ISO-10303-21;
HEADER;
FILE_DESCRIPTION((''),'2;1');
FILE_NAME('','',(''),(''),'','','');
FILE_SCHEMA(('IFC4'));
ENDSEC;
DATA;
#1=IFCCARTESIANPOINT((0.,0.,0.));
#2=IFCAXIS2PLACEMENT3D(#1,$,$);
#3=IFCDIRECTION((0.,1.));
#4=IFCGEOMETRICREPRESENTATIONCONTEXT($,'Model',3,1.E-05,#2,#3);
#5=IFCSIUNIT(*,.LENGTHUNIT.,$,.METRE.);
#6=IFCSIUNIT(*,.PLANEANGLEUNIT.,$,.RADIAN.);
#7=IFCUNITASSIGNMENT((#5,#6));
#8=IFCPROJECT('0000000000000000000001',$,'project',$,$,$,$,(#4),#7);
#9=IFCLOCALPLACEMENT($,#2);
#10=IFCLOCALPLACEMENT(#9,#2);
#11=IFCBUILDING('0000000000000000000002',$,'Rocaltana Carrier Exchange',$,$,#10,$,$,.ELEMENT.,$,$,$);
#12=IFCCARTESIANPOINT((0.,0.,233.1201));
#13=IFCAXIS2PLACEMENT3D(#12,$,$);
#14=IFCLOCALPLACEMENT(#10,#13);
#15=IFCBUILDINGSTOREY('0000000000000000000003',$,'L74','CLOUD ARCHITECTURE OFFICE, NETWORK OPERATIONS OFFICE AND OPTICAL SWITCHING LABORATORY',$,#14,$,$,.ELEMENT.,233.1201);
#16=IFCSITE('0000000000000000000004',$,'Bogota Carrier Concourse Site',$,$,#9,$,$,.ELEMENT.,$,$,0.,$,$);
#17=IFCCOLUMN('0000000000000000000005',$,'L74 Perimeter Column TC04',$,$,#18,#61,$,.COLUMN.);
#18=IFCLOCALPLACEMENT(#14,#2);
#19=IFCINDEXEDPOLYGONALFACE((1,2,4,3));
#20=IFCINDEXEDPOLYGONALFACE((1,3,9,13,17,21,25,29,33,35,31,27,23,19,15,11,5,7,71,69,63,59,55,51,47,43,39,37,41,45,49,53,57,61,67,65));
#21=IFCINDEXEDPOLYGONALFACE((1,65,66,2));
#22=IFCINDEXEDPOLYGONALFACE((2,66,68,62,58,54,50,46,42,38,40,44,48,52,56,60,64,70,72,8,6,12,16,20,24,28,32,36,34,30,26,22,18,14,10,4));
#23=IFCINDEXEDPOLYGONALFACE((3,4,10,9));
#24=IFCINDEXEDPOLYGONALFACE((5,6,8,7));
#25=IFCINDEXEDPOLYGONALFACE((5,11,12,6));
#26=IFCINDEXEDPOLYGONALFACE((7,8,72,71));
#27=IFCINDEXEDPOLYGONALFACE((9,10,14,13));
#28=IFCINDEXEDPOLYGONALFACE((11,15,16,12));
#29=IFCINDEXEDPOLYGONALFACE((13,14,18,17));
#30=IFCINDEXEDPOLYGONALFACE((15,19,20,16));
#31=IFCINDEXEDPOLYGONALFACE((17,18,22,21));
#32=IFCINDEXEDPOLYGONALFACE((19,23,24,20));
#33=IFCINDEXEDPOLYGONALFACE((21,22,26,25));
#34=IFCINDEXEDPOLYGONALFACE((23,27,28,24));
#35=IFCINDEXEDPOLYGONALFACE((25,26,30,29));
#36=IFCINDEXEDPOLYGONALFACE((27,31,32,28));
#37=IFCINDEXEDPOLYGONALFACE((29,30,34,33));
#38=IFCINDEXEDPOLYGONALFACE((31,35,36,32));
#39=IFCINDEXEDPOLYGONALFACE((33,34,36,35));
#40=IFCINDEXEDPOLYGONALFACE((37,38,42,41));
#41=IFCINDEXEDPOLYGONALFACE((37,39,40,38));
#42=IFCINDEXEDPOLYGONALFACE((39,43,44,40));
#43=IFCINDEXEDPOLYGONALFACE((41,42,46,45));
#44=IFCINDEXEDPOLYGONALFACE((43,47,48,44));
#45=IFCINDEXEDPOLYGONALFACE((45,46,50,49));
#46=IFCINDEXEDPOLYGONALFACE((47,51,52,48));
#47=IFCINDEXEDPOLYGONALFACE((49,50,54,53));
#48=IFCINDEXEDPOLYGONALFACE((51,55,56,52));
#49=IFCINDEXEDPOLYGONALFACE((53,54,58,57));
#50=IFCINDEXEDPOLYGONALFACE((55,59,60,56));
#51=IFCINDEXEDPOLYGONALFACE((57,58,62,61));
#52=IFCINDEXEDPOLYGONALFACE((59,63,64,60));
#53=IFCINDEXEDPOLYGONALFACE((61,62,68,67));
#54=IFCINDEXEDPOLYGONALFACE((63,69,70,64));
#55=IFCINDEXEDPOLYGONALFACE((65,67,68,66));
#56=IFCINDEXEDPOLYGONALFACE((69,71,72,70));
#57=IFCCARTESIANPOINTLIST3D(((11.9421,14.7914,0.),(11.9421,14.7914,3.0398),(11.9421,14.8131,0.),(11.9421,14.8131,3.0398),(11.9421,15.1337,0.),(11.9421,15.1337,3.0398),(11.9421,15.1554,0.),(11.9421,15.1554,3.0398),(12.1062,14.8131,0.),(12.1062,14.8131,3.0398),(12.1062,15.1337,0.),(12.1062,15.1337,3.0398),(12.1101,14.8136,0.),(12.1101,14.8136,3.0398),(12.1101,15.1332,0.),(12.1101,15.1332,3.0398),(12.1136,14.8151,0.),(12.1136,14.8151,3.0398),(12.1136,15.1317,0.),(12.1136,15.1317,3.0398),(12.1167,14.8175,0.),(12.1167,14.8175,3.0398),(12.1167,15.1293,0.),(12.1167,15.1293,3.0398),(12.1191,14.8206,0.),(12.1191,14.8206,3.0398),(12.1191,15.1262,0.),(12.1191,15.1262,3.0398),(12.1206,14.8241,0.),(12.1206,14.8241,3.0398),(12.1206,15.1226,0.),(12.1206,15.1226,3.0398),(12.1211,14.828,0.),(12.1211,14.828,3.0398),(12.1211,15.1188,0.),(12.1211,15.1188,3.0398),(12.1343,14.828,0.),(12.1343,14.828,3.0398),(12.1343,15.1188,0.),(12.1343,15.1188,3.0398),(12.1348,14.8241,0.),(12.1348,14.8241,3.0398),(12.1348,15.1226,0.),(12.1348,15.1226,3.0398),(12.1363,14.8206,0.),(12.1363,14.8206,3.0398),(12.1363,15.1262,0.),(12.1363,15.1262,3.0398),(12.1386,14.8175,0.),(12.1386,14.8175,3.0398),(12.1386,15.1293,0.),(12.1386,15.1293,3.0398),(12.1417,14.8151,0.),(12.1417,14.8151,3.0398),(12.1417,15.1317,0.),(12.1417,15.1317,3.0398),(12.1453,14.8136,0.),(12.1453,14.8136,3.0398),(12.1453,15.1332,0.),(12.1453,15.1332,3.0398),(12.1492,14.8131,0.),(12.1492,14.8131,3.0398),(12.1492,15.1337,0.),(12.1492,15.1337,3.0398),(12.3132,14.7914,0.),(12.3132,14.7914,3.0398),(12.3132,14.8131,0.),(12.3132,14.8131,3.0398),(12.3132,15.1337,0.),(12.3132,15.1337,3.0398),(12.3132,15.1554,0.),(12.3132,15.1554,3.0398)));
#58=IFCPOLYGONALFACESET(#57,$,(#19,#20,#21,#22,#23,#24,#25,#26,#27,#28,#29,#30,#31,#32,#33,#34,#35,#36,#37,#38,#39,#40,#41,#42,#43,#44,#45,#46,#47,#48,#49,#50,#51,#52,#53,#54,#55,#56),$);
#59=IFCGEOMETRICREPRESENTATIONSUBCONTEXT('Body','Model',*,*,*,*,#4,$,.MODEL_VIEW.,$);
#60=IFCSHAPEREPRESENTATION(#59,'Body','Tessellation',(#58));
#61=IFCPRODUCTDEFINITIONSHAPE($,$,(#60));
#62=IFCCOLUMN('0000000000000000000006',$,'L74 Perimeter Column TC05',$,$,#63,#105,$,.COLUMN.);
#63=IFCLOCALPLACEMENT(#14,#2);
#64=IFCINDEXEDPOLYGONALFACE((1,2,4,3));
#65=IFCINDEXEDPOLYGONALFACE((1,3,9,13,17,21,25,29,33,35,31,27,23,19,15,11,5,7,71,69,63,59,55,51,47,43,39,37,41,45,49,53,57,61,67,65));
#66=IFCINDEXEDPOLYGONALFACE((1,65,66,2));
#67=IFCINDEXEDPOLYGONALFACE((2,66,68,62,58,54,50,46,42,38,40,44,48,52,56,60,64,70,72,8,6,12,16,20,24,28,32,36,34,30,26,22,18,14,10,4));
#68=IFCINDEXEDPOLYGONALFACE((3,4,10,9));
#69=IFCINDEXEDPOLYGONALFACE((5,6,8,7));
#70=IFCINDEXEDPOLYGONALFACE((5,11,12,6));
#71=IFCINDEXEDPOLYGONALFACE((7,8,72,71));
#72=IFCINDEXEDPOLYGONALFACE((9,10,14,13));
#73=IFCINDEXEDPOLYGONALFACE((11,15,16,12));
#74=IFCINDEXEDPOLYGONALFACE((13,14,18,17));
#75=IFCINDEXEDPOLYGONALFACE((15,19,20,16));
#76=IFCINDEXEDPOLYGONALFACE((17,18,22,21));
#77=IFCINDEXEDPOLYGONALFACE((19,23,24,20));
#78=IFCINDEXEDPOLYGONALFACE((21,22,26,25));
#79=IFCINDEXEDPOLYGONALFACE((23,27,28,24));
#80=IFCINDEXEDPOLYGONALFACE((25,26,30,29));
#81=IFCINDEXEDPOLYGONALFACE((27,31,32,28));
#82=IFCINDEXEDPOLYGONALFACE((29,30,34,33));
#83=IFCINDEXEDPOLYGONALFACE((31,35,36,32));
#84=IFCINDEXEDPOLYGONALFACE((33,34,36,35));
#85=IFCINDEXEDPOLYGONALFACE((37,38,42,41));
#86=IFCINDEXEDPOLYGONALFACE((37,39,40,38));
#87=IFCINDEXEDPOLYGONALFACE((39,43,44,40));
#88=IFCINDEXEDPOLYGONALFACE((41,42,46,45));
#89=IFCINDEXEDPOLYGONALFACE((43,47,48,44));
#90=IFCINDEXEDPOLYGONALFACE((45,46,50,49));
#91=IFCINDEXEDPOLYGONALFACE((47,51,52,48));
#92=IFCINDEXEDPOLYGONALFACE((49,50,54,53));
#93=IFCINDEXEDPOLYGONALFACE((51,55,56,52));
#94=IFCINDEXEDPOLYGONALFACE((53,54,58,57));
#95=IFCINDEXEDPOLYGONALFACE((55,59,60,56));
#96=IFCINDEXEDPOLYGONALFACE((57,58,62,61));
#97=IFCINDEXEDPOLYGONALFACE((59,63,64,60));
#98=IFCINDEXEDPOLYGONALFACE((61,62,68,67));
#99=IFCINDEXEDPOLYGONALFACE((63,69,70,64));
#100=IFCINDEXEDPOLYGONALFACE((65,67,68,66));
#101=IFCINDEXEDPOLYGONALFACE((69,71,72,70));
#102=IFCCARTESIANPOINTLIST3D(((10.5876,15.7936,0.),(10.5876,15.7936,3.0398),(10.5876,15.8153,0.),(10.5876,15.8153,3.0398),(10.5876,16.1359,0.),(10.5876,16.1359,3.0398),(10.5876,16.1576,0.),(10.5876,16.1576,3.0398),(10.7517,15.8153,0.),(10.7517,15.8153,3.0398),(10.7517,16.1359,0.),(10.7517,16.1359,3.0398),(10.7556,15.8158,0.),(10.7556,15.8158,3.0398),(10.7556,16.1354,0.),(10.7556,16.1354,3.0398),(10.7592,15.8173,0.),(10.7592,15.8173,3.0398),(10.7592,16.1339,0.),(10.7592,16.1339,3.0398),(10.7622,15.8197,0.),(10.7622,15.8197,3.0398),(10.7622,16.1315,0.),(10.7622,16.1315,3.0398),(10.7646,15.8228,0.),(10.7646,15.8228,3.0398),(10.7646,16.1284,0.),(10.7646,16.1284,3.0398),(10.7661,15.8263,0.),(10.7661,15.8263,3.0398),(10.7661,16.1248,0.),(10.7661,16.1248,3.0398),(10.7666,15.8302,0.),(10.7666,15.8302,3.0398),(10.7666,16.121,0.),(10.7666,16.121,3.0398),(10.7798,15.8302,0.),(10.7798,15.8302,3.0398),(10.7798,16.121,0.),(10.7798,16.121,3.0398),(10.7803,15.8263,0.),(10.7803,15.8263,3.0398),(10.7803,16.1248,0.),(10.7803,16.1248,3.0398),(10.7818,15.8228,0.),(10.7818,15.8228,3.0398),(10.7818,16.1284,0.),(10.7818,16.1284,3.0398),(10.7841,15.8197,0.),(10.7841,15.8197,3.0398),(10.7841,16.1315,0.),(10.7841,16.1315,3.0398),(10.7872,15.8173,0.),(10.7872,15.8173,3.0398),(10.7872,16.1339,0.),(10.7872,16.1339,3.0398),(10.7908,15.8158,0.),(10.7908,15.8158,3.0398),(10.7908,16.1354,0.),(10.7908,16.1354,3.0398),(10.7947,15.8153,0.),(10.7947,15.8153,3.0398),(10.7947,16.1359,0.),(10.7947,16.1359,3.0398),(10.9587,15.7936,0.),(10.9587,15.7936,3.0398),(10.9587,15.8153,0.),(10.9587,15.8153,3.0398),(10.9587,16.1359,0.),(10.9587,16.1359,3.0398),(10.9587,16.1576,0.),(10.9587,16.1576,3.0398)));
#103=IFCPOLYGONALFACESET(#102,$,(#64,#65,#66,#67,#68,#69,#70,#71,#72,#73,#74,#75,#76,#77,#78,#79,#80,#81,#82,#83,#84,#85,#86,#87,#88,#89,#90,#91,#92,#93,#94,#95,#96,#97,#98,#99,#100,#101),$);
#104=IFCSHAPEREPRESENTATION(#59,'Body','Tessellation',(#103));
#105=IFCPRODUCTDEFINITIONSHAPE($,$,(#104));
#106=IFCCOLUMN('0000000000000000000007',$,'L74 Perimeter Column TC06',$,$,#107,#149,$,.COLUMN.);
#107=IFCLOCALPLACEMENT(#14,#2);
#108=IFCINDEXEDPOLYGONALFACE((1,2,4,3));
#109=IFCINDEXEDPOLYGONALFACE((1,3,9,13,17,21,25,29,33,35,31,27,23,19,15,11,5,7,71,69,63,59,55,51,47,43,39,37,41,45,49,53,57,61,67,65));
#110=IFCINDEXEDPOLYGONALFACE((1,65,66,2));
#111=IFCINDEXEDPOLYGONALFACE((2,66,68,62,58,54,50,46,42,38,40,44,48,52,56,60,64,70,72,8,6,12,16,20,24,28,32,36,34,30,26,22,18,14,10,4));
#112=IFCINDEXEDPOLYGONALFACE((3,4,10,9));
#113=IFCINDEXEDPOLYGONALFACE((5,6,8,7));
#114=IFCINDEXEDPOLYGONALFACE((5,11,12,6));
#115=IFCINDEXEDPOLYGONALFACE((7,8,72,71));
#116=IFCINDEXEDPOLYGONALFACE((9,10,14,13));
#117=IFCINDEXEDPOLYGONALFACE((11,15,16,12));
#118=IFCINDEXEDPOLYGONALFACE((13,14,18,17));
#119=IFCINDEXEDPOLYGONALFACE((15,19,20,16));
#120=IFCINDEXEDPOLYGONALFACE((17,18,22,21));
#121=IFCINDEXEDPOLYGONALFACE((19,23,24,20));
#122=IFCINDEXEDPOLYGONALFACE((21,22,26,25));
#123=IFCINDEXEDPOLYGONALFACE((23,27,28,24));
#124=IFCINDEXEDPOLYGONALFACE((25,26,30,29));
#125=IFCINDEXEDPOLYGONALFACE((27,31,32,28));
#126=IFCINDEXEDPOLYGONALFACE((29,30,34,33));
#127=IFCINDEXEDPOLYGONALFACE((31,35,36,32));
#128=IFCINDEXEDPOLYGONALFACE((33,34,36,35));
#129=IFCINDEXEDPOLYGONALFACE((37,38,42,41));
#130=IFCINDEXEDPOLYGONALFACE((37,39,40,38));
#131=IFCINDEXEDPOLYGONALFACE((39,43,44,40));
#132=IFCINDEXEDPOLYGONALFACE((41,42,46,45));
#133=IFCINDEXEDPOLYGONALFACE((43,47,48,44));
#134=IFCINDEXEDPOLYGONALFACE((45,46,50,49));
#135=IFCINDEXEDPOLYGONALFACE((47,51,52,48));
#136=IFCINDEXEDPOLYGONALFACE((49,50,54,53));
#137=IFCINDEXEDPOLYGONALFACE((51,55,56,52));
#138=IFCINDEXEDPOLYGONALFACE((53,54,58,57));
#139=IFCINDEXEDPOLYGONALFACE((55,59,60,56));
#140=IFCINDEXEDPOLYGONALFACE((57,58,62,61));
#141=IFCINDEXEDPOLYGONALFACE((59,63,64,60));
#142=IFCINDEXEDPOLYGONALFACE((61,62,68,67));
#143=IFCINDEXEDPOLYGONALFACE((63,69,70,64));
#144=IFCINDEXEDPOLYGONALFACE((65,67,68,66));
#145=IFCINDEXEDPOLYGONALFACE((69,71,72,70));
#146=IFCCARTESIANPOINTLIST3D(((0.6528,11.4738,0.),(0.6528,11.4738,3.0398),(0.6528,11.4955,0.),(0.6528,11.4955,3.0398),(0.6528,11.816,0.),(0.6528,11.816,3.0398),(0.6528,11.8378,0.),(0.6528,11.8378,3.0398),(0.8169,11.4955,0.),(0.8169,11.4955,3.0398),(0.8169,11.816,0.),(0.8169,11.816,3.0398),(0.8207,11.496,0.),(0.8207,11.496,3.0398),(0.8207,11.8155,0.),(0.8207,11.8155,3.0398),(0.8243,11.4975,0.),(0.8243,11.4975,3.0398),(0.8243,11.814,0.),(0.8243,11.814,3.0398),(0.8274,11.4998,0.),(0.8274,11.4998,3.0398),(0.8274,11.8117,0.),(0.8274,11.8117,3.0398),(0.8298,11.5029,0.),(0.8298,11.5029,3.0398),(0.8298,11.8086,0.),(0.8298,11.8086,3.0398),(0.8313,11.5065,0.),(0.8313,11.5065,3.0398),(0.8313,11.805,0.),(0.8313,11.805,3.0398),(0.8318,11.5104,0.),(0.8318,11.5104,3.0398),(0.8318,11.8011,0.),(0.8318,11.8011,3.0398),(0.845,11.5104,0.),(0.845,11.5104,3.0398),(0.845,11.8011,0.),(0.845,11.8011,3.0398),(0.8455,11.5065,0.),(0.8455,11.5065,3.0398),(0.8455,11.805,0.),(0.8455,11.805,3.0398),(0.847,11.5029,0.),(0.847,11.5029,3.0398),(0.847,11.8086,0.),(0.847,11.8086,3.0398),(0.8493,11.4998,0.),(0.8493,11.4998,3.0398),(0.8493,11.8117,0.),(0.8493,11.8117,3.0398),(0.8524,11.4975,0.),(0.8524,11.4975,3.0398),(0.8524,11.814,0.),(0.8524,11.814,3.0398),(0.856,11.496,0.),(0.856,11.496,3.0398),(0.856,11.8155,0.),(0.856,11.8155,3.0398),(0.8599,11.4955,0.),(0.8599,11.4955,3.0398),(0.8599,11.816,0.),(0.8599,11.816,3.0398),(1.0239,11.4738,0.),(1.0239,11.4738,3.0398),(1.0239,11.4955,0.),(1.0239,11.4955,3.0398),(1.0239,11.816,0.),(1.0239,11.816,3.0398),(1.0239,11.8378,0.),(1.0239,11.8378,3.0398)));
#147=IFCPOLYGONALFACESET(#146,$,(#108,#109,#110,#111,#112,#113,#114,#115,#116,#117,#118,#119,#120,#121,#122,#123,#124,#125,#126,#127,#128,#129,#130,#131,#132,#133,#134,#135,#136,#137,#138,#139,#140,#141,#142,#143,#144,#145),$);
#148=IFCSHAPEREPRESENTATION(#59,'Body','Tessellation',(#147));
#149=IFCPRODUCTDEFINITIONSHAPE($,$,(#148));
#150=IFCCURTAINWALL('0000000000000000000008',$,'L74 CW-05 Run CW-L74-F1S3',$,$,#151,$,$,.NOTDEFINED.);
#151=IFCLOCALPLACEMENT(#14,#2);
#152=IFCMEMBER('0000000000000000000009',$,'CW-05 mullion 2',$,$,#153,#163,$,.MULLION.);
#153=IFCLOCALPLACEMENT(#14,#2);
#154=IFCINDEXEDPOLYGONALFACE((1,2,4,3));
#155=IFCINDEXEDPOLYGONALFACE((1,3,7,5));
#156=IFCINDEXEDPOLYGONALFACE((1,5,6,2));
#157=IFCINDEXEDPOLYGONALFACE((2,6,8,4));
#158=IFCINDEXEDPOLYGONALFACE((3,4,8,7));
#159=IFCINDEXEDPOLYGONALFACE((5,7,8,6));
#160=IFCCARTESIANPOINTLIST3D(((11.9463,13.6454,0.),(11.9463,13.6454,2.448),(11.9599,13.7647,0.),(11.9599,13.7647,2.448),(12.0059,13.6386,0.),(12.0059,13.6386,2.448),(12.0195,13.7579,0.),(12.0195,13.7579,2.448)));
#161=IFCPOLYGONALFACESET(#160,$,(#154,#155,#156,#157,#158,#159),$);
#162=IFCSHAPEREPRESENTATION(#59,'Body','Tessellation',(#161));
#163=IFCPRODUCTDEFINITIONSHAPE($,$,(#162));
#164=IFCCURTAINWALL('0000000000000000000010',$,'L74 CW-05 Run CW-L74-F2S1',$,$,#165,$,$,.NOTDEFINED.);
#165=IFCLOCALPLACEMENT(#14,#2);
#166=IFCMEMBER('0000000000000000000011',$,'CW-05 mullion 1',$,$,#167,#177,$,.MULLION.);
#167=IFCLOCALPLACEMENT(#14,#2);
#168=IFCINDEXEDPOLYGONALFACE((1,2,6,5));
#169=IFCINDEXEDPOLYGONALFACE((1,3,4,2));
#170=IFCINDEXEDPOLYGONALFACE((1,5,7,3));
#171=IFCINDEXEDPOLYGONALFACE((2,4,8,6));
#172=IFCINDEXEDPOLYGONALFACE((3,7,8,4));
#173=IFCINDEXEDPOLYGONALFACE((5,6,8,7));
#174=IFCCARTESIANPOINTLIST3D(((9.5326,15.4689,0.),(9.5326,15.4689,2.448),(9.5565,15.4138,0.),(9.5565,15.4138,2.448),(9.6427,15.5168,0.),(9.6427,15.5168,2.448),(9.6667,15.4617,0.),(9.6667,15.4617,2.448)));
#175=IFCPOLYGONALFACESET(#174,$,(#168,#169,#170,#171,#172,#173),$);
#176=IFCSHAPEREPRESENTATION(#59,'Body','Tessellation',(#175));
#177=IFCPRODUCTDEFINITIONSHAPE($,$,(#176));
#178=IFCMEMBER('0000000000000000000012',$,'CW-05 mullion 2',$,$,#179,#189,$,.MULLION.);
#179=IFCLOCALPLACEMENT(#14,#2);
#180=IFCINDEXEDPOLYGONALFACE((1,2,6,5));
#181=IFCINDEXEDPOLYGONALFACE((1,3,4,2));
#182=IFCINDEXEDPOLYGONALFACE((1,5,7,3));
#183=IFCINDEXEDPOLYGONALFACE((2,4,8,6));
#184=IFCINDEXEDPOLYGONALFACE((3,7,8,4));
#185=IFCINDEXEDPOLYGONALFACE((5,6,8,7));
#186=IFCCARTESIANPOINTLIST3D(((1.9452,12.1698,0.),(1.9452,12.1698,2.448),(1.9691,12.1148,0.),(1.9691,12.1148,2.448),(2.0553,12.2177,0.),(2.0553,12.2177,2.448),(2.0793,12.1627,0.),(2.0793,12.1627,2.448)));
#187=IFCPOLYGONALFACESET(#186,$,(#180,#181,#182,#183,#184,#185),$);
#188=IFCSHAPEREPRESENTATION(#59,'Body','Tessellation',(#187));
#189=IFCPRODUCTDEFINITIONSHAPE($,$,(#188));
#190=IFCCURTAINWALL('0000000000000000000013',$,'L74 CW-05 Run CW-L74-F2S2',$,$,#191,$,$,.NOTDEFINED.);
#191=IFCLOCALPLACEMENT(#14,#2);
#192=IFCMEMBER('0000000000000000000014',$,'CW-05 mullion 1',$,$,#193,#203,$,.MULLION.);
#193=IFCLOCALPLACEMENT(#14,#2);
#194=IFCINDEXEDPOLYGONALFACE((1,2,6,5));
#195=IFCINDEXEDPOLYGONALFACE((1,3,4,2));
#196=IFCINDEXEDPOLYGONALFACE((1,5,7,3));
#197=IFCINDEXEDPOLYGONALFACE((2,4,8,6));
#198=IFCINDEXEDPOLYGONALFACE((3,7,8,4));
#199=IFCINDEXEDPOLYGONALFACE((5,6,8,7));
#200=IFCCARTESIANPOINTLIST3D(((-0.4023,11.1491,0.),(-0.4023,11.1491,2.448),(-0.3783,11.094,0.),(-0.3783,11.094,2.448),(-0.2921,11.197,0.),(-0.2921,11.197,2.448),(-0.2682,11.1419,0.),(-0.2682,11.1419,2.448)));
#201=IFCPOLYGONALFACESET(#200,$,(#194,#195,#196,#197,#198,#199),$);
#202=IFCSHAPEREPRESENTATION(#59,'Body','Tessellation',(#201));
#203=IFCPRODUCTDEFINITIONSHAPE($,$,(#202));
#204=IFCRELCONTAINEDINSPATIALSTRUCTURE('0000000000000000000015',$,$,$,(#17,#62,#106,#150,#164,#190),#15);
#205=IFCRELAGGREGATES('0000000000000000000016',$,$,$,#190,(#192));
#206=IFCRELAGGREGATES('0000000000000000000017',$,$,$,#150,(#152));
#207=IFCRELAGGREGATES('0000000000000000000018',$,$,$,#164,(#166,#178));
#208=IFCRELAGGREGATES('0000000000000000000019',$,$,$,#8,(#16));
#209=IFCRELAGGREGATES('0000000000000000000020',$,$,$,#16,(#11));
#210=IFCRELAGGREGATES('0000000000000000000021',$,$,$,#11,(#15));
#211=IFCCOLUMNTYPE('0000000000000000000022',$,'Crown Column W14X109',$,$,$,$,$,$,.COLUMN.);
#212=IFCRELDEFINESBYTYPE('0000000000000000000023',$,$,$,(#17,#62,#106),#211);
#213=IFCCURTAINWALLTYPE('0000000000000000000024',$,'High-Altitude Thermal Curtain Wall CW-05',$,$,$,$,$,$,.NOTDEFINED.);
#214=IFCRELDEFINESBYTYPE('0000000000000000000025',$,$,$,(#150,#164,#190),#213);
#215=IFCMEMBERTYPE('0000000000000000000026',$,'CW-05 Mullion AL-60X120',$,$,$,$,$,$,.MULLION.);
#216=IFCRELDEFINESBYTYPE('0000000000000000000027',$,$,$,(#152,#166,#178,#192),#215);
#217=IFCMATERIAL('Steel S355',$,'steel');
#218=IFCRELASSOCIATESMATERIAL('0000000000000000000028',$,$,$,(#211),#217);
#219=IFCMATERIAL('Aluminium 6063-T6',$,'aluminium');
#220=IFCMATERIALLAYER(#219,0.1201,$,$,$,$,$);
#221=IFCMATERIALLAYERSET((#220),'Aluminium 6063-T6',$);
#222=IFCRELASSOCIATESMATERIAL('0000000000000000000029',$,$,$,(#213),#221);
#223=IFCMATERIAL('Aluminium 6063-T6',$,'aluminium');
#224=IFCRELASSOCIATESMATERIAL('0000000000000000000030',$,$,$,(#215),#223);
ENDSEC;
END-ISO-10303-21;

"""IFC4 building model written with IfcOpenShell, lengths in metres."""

from ifc_helpers import new_model, si_unit, direction, frame, origin, origin_2d, place, context, subcontext, project, spatial, rectangle, i_section, extrude, material, layer, layer_set, material_profile, profile_set, type_object, element, aggregate, save


model = new_model("IFC4")

# Units and contexts
model_context = context("Model", 3, precision=1e-05, world=origin(), true_north=direction((0.0, 1.0)))
body_context = subcontext(model_context, "Body", "Model", "MODEL_VIEW")
ifc_project = project(units=[si_unit("LENGTHUNIT", "METRE"), si_unit("PLANEANGLEUNIT", "RADIAN")], contexts=[model_context])

# Site, building, storey
site_placement = place(None, origin())
site = spatial("IfcSite", under=ifc_project, at=site_placement, Name="Bogota Carrier Concourse Site", CompositionType="ELEMENT", RefElevation=0.0)
building_placement = place(site_placement, origin())
building = spatial("IfcBuilding", under=site, at=building_placement, Name="Rocaltana Carrier Exchange", CompositionType="ELEMENT")
storey_placement = place(building_placement, frame((0.0, 0.0, 233.1201)))
storey = spatial("IfcBuildingStorey", under=building, at=storey_placement, Name="L74", Description="CLOUD ARCHITECTURE OFFICE, NETWORK OPERATIONS OFFICE AND OPTICAL SWITCHING LABORATORY", CompositionType="ELEMENT", Elevation=233.1201)

# Columns
ifc_material_1 = material(Name="Steel S355", Category="steel")
ifc_material_profile_1 = material_profile(ifc_material_1, i_section(OverallWidth=0.3711, OverallDepth=0.364, WebThickness=0.0132, FlangeThickness=0.0217, FilletRadius=0.0149, at=origin_2d()), Name="W14X109")
ifc_profile_set_1 = profile_set([ifc_material_profile_1], Name="Steel S355")
column_type = type_object("IfcColumnType", Name="Crown Column W14X109", PredefinedType="COLUMN", material=ifc_profile_set_1)
for number, where, z_axis, x_axis, name in (
    (1, (12.1277, 14.9734, 0.0), (0.0, 0.0, 1.0), (1.0, 0.0, 0.0), "L74 Perimeter Column TC04"),
    (2, (10.7732, 15.9756, 0.0), (0.0, 0.0, 1.0), (1.0, 0.0, 0.0), "L74 Perimeter Column TC05"),
    (3, (0.8384, 11.6558, 0.0), (0.0, 0.0, 1.0), (1.0, 0.0, 0.0), "L74 Perimeter Column TC06"),
):
    element("IfcColumn", number, at=place(storey_placement, frame(where, z_axis=z_axis, x_axis=x_axis)), inside=storey, type_object=column_type, Name=name, PredefinedType="COLUMN", context=body_context, shape_type="SweptSolid", body=[
        extrude(i_section(OverallWidth=0.3711, OverallDepth=0.364, WebThickness=0.0132, FlangeThickness=0.0217, FilletRadius=0.0149, at=origin_2d()), origin(), (0.0, 0.0, 1.0), 3.0398),
    ])

# Curtain wall, member
ifc_material_2 = material(Name="Aluminium 6063-T6", Category="aluminium")
ifc_layer_1 = layer(ifc_material_2, 0.1201)
ifc_layer_set_1 = layer_set([ifc_layer_1], Name="Aluminium 6063-T6")
curtain_wall_type = type_object("IfcCurtainWallType", Name="High-Altitude Thermal Curtain Wall CW-05", PredefinedType="NOTDEFINED", material=ifc_layer_set_1)
curtain_wall_1_placement = place(storey_placement, origin())
curtain_wall_1 = element("IfcCurtainWall", 4, at=curtain_wall_1_placement, inside=storey, type_object=curtain_wall_type, Name="L74 CW-05 Run CW-L74-F1S3", PredefinedType="NOTDEFINED")
ifc_material_3 = material(Name="Aluminium 6063-T6", Category="aluminium")
ifc_material_profile_2 = material_profile(ifc_material_3, rectangle(XDim=0.0601, YDim=0.1201, at=origin_2d()), Name="AL-60X120")
ifc_profile_set_2 = profile_set([ifc_material_profile_2], Name="Aluminium 6063-T6")
member_type_1 = type_object("IfcMemberType", Name="CW-05 Mullion AL-60X120", PredefinedType="MULLION", material=ifc_profile_set_2)
member_1_placement = place(storey_placement, frame((11.9829, 13.7017, 0.0), z_axis=(0.0, 0.0, 1.0), x_axis=(-0.993573, 0.113197, 0.0)))
member_1 = element("IfcMember", 5, at=member_1_placement, type_object=member_type_1, Name="CW-05 mullion 2", PredefinedType="MULLION", context=body_context, shape_type="SweptSolid", body=[
    extrude(rectangle(XDim=0.0601, YDim=0.1201, at=origin_2d()), origin(), (0.0, 0.0, 1.0), 2.448),
])

# Curtain wall, members
curtain_wall_2_placement = place(storey_placement, origin())
curtain_wall_2 = element("IfcCurtainWall", 6, at=curtain_wall_2_placement, inside=storey, type_object=curtain_wall_type, Name="L74 CW-05 Run CW-L74-F2S1", PredefinedType="NOTDEFINED")
member_2_placement = place(storey_placement, frame((9.5996, 15.4653, 0.0), z_axis=(0.0, 0.0, 1.0), x_axis=(0.398757, -0.917057, 0.0)))
member_2 = element("IfcMember", 7, at=member_2_placement, type_object=member_type_1, Name="CW-05 mullion 1", PredefinedType="MULLION", context=body_context, shape_type="SweptSolid", body=[
    extrude(rectangle(XDim=0.0601, YDim=0.1201, at=origin_2d()), origin(), (0.0, 0.0, 1.0), 2.448),
])
member_3_placement = place(storey_placement, frame((2.0122, 12.1663, 0.0), z_axis=(0.0, 0.0, 1.0), x_axis=(0.398757, -0.917057, 0.0)))
member_3 = element("IfcMember", 8, at=member_3_placement, type_object=member_type_1, Name="CW-05 mullion 2", PredefinedType="MULLION", context=body_context, shape_type="SweptSolid", body=[
    extrude(rectangle(XDim=0.0601, YDim=0.1201, at=origin_2d()), origin(), (0.0, 0.0, 1.0), 2.448),
])

# Curtain wall, member
curtain_wall_3_placement = place(storey_placement, origin())
curtain_wall_3 = element("IfcCurtainWall", 9, at=curtain_wall_3_placement, inside=storey, type_object=curtain_wall_type, Name="L74 CW-05 Run CW-L74-F2S2", PredefinedType="NOTDEFINED")
member_4_placement = place(storey_placement, frame((-0.3352, 11.1455, 0.0), z_axis=(0.0, 0.0, 1.0), x_axis=(0.398752, -0.917059, 0.0)))
member_4 = element("IfcMember", 10, at=member_4_placement, type_object=member_type_1, Name="CW-05 mullion 1", PredefinedType="MULLION", context=body_context, shape_type="SweptSolid", body=[
    extrude(rectangle(XDim=0.0601, YDim=0.1201, at=origin_2d()), origin(), (0.0, 0.0, 1.0), 2.448),
])

aggregate(curtain_wall_3, [member_4])

aggregate(curtain_wall_1, [member_1])
aggregate(curtain_wall_2, [member_2, member_3])

save(model, "model.ifc")
